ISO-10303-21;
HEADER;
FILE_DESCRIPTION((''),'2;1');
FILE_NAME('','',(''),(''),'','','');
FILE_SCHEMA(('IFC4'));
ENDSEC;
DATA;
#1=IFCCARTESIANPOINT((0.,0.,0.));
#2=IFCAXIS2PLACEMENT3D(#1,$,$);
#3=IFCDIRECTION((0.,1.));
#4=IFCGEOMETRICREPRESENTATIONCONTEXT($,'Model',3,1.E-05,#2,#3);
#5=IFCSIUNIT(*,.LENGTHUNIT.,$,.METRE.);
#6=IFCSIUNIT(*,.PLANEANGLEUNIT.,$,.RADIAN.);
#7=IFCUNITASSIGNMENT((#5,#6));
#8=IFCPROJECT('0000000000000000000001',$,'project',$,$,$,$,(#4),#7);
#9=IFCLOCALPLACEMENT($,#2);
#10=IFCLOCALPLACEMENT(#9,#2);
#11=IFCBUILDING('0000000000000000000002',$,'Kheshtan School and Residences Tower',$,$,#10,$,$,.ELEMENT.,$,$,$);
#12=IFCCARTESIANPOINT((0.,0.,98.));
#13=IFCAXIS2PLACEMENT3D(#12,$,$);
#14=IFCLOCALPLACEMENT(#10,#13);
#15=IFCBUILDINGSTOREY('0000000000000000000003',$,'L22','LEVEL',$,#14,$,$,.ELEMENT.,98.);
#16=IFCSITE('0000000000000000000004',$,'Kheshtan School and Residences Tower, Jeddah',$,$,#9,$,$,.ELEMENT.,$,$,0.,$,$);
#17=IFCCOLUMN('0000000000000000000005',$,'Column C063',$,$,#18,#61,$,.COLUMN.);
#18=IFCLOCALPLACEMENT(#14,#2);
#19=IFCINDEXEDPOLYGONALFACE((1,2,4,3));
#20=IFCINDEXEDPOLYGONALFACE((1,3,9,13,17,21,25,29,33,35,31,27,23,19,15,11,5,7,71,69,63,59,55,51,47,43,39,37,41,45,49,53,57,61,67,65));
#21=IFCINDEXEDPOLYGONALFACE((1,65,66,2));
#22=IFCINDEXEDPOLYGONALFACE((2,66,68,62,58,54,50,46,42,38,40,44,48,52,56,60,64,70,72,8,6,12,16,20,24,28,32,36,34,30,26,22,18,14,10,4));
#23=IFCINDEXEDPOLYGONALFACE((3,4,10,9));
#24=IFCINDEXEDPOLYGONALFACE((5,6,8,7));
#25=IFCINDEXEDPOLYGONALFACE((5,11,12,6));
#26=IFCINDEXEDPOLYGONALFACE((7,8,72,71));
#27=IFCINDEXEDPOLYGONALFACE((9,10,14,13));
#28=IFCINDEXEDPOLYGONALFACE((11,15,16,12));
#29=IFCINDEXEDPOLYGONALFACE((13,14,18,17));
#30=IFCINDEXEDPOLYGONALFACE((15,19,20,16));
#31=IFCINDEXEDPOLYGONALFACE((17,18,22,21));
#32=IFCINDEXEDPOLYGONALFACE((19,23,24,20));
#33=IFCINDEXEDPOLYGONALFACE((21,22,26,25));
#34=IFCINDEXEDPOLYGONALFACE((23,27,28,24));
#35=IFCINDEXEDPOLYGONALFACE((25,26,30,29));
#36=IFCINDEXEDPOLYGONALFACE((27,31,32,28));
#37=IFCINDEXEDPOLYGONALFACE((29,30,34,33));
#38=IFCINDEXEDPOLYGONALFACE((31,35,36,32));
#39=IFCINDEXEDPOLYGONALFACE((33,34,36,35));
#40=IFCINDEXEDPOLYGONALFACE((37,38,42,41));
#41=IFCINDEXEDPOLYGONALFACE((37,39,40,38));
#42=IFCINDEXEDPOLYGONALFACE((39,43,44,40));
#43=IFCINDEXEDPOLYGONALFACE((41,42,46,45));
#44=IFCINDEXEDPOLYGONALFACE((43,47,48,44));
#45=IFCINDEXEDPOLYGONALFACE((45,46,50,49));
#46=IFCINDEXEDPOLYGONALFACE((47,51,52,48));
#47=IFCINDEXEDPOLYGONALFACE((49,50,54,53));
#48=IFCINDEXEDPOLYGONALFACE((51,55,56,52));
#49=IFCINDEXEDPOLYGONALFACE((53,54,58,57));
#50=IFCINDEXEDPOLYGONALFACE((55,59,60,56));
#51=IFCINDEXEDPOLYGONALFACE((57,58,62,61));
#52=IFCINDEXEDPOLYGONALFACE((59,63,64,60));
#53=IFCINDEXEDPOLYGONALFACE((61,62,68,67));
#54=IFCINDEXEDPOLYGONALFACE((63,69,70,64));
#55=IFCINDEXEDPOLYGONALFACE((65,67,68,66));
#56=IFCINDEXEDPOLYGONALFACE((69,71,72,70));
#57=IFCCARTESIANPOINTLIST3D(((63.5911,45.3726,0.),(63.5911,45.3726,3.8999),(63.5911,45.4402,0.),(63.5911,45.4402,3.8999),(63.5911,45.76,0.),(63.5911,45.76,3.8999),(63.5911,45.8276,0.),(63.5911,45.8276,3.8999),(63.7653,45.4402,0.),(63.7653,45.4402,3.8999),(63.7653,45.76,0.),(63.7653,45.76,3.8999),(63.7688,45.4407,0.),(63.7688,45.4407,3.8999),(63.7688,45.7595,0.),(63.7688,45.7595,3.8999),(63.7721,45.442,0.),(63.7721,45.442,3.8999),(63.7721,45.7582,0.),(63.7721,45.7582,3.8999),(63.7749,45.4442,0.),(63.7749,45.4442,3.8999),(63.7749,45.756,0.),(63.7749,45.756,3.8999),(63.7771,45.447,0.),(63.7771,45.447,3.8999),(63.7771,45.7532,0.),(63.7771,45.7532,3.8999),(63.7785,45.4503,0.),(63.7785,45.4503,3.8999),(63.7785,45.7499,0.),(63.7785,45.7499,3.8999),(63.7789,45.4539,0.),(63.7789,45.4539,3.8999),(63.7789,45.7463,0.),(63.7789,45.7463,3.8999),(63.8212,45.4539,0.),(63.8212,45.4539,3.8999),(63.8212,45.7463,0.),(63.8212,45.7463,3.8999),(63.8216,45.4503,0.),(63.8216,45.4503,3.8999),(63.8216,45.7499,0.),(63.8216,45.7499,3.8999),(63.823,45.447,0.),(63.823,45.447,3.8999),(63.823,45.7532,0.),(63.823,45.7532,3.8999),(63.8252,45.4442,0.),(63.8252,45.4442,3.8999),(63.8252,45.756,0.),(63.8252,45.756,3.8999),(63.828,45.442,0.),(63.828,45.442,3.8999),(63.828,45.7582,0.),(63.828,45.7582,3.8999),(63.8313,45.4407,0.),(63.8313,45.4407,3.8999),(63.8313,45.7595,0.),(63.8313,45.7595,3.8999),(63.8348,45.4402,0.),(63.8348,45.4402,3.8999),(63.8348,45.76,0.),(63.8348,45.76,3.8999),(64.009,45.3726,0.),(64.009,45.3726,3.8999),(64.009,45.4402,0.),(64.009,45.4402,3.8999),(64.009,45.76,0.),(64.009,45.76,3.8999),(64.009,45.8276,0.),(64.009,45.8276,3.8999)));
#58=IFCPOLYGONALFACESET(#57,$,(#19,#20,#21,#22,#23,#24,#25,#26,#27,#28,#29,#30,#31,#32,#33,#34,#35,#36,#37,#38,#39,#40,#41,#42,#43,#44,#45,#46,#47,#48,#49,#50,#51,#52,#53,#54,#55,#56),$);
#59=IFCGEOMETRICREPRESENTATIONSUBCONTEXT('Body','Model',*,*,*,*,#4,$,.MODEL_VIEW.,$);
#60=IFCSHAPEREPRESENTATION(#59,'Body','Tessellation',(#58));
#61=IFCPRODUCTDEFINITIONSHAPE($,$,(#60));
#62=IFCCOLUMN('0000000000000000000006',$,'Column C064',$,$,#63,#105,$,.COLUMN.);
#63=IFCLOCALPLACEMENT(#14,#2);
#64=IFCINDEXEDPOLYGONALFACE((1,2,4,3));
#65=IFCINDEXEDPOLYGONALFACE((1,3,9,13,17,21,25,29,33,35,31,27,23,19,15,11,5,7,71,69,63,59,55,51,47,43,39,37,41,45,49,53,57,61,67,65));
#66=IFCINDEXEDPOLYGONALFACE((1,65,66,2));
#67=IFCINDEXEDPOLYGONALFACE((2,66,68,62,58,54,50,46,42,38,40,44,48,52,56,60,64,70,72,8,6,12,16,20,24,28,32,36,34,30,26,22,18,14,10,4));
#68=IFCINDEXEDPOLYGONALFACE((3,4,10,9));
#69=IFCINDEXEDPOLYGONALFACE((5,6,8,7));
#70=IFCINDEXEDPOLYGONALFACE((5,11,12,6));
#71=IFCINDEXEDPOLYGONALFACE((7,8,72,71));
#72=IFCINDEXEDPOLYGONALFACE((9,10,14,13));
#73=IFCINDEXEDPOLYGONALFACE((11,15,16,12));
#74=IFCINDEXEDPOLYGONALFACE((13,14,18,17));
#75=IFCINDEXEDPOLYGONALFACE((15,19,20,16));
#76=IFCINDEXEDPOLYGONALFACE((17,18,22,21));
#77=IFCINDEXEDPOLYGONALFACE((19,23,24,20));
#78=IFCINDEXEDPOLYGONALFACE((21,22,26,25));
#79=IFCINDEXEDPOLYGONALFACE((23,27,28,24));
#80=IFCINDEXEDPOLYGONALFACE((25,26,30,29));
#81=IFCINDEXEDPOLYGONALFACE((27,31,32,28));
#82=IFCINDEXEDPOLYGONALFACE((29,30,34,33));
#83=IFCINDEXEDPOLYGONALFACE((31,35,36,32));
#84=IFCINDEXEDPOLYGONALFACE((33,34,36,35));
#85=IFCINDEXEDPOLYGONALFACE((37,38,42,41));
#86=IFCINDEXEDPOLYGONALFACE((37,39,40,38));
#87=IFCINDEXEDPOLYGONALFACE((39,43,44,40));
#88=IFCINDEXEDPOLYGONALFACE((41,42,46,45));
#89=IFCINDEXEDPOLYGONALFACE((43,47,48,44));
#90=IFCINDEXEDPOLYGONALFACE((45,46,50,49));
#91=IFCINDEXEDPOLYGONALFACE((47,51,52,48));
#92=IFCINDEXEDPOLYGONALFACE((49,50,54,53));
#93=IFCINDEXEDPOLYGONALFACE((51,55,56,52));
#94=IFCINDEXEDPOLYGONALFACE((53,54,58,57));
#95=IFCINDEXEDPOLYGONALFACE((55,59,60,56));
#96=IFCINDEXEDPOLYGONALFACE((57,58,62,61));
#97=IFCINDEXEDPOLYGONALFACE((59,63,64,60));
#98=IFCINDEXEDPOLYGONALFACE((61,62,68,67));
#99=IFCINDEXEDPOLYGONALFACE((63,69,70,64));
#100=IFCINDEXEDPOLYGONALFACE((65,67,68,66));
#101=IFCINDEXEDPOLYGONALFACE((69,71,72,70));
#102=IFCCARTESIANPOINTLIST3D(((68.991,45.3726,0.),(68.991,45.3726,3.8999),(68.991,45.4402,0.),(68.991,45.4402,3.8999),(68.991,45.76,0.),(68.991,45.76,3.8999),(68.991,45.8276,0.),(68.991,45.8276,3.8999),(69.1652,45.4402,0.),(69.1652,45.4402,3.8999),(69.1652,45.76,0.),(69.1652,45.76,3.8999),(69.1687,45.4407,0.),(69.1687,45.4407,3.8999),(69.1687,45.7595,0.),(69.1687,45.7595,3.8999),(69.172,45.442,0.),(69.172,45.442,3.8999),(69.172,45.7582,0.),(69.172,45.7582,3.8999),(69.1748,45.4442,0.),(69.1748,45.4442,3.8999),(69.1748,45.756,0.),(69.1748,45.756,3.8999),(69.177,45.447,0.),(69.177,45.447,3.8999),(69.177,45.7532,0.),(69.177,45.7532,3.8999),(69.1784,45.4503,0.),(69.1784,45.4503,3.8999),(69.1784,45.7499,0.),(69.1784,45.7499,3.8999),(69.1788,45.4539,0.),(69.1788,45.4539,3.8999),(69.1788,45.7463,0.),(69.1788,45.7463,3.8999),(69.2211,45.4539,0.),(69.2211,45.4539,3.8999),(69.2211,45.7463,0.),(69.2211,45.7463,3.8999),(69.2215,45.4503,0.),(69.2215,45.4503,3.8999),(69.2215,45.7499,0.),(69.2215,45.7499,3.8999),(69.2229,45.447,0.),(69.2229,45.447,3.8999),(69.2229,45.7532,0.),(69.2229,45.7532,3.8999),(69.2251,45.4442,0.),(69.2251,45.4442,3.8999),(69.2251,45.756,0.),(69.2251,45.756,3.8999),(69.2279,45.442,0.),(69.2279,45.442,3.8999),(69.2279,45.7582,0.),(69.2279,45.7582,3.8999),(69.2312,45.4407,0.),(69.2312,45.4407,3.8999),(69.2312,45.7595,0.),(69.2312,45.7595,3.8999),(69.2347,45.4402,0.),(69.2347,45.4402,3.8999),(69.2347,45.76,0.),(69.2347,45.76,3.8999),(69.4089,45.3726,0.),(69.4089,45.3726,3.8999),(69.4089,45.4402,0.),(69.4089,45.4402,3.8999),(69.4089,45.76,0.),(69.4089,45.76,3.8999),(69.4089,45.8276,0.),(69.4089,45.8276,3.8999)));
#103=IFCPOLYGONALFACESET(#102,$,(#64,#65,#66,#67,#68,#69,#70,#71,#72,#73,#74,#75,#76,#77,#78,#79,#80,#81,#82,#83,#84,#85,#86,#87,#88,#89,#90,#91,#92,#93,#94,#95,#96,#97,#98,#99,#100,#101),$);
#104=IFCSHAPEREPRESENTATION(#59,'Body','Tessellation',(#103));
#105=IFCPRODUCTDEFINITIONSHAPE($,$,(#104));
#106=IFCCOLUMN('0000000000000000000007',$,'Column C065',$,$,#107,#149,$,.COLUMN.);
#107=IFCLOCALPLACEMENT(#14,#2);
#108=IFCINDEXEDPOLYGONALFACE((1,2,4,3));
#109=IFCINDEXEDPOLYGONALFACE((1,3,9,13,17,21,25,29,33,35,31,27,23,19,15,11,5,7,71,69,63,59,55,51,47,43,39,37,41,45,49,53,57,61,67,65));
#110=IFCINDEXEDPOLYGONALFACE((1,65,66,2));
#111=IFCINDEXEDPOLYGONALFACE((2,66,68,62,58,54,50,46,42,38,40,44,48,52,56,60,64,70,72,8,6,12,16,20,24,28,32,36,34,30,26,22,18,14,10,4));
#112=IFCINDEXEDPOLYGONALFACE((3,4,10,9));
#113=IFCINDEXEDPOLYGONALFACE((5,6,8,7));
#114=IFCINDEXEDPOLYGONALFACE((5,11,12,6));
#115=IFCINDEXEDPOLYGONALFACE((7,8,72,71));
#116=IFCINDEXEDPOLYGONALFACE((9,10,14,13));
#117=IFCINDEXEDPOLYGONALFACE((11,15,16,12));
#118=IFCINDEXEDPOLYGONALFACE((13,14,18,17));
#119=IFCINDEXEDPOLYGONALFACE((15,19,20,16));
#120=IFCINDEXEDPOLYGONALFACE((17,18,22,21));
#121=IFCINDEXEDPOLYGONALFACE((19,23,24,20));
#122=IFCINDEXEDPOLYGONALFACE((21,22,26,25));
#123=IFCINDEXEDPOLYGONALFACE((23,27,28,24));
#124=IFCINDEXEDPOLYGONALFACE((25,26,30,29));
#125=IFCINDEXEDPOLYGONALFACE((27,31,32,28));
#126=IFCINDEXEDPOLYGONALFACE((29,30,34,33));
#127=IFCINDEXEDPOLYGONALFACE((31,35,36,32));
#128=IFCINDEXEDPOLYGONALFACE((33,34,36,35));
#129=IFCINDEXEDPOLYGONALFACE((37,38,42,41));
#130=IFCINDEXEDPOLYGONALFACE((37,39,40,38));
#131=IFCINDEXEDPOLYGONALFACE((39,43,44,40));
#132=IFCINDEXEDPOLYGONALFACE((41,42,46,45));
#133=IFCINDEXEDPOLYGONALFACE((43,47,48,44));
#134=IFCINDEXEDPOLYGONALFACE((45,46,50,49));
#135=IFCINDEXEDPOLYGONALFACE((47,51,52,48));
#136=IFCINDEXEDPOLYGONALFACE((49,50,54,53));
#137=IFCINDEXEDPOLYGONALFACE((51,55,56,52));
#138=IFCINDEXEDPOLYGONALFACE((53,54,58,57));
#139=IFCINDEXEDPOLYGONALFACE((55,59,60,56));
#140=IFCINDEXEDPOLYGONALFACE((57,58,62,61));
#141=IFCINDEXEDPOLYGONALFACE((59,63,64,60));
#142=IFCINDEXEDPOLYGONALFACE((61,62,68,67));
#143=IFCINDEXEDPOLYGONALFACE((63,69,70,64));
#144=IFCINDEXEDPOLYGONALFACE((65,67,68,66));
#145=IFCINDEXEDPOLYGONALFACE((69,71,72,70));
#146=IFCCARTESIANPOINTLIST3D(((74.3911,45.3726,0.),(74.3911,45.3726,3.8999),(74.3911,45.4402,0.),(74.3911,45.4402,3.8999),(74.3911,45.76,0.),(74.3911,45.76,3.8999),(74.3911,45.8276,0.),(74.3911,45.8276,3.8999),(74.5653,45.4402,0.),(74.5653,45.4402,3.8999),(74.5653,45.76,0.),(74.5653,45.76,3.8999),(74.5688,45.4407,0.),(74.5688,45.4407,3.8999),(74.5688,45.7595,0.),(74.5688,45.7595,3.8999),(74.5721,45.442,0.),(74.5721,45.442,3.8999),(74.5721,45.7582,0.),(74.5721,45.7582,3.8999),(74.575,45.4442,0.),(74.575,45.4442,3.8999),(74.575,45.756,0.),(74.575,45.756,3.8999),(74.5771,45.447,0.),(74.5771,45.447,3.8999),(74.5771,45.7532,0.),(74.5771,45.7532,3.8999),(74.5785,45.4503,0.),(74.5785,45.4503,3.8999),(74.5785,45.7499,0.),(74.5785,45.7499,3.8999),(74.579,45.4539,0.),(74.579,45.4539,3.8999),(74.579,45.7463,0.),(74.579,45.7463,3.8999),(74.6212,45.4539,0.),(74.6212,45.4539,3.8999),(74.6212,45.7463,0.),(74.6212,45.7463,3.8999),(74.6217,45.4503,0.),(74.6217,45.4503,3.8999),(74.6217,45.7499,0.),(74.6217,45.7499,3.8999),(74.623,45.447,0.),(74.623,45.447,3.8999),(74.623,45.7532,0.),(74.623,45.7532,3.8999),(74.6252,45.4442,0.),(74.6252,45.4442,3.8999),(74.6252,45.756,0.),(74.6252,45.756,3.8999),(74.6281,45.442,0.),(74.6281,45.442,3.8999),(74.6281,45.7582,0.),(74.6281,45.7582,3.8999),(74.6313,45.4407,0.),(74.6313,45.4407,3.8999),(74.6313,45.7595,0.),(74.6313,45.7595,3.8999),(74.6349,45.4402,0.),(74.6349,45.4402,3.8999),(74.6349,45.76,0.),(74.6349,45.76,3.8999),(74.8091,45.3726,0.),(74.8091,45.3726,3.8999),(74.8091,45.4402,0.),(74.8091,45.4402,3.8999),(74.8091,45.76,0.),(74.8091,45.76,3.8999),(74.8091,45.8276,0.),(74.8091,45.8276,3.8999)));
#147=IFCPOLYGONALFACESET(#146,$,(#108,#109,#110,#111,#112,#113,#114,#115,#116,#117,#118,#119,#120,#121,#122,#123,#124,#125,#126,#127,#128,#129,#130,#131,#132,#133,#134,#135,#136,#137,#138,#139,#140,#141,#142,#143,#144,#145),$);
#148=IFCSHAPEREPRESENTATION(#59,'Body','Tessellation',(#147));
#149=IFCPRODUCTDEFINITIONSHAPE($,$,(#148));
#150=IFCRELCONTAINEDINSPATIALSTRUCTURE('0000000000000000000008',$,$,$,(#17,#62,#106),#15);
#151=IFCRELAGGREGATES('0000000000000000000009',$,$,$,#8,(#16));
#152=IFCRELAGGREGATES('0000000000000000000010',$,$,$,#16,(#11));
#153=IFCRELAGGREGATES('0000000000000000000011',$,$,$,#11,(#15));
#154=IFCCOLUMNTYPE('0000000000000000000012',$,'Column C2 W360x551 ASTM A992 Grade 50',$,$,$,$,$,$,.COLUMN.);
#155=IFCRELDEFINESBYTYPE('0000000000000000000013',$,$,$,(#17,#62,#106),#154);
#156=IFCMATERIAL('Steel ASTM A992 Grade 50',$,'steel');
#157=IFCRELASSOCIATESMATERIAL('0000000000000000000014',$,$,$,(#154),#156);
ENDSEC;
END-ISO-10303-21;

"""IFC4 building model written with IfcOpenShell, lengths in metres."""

from ifc_helpers import new_model, si_unit, direction, frame, origin, origin_2d, place, context, subcontext, project, spatial, i_section, extrude, material, material_profile, profile_set, type_object, element, save


model = new_model("IFC4")

# Units and contexts
model_context = context("Model", 3, precision=1e-05, world=origin(), true_north=direction((0.0, 1.0)))
body_context = subcontext(model_context, "Body", "Model", "MODEL_VIEW")
ifc_project = project(units=[si_unit("LENGTHUNIT", "METRE"), si_unit("PLANEANGLEUNIT", "RADIAN")], contexts=[model_context])

# Site, building, storey
site_placement = place(None, origin())
site = spatial("IfcSite", under=ifc_project, at=site_placement, Name="Kheshtan School and Residences Tower, Jeddah", CompositionType="ELEMENT", RefElevation=0.0)
building_placement = place(site_placement, origin())
building = spatial("IfcBuilding", under=site, at=building_placement, Name="Kheshtan School and Residences Tower", CompositionType="ELEMENT")
storey_placement = place(building_placement, frame((0.0, 0.0, 98.0)))
storey = spatial("IfcBuildingStorey", under=building, at=storey_placement, Name="L22", Description="LEVEL", CompositionType="ELEMENT", Elevation=98.0)

# Columns
ifc_material_1 = material(Name="Steel ASTM A992 Grade 50", Category="steel")
ifc_material_profile_1 = material_profile(ifc_material_1, i_section(OverallWidth=0.418, OverallDepth=0.4551, WebThickness=0.0422, FlangeThickness=0.0676, FilletRadius=0.0137, at=origin_2d()), Name="W360x551")
ifc_profile_set_1 = profile_set([ifc_material_profile_1], Name="Steel ASTM A992 Grade 50")
column_type_1 = type_object("IfcColumnType", Name="Column C2 W360x551 ASTM A992 Grade 50", PredefinedType="COLUMN", material=ifc_profile_set_1)
for number, where, z_axis, x_axis, name in (
    (1, (63.8, 45.6001, 0.0), (0.0, 0.0, 1.0), (1.0, 0.0, 0.0), "Column C063"),
    (2, (69.2, 45.6001, 0.0), (0.0, 0.0, 1.0), (1.0, 0.0, 0.0), "Column C064"),
    (3, (74.6001, 45.6001, 0.0), (0.0, 0.0, 1.0), (1.0, 0.0, 0.0), "Column C065"),
):
    element("IfcColumn", number, at=place(storey_placement, frame(where, z_axis=z_axis, x_axis=x_axis)), inside=storey, type_object=column_type_1, Name=name, PredefinedType="COLUMN", context=body_context, shape_type="SweptSolid", body=[
        extrude(i_section(OverallWidth=0.418, OverallDepth=0.4551, WebThickness=0.0422, FlangeThickness=0.0676, FilletRadius=0.0137, at=origin_2d()), origin(), (0.0, 0.0, 1.0), 3.8999),
    ])

save(model, "model.ifc")
